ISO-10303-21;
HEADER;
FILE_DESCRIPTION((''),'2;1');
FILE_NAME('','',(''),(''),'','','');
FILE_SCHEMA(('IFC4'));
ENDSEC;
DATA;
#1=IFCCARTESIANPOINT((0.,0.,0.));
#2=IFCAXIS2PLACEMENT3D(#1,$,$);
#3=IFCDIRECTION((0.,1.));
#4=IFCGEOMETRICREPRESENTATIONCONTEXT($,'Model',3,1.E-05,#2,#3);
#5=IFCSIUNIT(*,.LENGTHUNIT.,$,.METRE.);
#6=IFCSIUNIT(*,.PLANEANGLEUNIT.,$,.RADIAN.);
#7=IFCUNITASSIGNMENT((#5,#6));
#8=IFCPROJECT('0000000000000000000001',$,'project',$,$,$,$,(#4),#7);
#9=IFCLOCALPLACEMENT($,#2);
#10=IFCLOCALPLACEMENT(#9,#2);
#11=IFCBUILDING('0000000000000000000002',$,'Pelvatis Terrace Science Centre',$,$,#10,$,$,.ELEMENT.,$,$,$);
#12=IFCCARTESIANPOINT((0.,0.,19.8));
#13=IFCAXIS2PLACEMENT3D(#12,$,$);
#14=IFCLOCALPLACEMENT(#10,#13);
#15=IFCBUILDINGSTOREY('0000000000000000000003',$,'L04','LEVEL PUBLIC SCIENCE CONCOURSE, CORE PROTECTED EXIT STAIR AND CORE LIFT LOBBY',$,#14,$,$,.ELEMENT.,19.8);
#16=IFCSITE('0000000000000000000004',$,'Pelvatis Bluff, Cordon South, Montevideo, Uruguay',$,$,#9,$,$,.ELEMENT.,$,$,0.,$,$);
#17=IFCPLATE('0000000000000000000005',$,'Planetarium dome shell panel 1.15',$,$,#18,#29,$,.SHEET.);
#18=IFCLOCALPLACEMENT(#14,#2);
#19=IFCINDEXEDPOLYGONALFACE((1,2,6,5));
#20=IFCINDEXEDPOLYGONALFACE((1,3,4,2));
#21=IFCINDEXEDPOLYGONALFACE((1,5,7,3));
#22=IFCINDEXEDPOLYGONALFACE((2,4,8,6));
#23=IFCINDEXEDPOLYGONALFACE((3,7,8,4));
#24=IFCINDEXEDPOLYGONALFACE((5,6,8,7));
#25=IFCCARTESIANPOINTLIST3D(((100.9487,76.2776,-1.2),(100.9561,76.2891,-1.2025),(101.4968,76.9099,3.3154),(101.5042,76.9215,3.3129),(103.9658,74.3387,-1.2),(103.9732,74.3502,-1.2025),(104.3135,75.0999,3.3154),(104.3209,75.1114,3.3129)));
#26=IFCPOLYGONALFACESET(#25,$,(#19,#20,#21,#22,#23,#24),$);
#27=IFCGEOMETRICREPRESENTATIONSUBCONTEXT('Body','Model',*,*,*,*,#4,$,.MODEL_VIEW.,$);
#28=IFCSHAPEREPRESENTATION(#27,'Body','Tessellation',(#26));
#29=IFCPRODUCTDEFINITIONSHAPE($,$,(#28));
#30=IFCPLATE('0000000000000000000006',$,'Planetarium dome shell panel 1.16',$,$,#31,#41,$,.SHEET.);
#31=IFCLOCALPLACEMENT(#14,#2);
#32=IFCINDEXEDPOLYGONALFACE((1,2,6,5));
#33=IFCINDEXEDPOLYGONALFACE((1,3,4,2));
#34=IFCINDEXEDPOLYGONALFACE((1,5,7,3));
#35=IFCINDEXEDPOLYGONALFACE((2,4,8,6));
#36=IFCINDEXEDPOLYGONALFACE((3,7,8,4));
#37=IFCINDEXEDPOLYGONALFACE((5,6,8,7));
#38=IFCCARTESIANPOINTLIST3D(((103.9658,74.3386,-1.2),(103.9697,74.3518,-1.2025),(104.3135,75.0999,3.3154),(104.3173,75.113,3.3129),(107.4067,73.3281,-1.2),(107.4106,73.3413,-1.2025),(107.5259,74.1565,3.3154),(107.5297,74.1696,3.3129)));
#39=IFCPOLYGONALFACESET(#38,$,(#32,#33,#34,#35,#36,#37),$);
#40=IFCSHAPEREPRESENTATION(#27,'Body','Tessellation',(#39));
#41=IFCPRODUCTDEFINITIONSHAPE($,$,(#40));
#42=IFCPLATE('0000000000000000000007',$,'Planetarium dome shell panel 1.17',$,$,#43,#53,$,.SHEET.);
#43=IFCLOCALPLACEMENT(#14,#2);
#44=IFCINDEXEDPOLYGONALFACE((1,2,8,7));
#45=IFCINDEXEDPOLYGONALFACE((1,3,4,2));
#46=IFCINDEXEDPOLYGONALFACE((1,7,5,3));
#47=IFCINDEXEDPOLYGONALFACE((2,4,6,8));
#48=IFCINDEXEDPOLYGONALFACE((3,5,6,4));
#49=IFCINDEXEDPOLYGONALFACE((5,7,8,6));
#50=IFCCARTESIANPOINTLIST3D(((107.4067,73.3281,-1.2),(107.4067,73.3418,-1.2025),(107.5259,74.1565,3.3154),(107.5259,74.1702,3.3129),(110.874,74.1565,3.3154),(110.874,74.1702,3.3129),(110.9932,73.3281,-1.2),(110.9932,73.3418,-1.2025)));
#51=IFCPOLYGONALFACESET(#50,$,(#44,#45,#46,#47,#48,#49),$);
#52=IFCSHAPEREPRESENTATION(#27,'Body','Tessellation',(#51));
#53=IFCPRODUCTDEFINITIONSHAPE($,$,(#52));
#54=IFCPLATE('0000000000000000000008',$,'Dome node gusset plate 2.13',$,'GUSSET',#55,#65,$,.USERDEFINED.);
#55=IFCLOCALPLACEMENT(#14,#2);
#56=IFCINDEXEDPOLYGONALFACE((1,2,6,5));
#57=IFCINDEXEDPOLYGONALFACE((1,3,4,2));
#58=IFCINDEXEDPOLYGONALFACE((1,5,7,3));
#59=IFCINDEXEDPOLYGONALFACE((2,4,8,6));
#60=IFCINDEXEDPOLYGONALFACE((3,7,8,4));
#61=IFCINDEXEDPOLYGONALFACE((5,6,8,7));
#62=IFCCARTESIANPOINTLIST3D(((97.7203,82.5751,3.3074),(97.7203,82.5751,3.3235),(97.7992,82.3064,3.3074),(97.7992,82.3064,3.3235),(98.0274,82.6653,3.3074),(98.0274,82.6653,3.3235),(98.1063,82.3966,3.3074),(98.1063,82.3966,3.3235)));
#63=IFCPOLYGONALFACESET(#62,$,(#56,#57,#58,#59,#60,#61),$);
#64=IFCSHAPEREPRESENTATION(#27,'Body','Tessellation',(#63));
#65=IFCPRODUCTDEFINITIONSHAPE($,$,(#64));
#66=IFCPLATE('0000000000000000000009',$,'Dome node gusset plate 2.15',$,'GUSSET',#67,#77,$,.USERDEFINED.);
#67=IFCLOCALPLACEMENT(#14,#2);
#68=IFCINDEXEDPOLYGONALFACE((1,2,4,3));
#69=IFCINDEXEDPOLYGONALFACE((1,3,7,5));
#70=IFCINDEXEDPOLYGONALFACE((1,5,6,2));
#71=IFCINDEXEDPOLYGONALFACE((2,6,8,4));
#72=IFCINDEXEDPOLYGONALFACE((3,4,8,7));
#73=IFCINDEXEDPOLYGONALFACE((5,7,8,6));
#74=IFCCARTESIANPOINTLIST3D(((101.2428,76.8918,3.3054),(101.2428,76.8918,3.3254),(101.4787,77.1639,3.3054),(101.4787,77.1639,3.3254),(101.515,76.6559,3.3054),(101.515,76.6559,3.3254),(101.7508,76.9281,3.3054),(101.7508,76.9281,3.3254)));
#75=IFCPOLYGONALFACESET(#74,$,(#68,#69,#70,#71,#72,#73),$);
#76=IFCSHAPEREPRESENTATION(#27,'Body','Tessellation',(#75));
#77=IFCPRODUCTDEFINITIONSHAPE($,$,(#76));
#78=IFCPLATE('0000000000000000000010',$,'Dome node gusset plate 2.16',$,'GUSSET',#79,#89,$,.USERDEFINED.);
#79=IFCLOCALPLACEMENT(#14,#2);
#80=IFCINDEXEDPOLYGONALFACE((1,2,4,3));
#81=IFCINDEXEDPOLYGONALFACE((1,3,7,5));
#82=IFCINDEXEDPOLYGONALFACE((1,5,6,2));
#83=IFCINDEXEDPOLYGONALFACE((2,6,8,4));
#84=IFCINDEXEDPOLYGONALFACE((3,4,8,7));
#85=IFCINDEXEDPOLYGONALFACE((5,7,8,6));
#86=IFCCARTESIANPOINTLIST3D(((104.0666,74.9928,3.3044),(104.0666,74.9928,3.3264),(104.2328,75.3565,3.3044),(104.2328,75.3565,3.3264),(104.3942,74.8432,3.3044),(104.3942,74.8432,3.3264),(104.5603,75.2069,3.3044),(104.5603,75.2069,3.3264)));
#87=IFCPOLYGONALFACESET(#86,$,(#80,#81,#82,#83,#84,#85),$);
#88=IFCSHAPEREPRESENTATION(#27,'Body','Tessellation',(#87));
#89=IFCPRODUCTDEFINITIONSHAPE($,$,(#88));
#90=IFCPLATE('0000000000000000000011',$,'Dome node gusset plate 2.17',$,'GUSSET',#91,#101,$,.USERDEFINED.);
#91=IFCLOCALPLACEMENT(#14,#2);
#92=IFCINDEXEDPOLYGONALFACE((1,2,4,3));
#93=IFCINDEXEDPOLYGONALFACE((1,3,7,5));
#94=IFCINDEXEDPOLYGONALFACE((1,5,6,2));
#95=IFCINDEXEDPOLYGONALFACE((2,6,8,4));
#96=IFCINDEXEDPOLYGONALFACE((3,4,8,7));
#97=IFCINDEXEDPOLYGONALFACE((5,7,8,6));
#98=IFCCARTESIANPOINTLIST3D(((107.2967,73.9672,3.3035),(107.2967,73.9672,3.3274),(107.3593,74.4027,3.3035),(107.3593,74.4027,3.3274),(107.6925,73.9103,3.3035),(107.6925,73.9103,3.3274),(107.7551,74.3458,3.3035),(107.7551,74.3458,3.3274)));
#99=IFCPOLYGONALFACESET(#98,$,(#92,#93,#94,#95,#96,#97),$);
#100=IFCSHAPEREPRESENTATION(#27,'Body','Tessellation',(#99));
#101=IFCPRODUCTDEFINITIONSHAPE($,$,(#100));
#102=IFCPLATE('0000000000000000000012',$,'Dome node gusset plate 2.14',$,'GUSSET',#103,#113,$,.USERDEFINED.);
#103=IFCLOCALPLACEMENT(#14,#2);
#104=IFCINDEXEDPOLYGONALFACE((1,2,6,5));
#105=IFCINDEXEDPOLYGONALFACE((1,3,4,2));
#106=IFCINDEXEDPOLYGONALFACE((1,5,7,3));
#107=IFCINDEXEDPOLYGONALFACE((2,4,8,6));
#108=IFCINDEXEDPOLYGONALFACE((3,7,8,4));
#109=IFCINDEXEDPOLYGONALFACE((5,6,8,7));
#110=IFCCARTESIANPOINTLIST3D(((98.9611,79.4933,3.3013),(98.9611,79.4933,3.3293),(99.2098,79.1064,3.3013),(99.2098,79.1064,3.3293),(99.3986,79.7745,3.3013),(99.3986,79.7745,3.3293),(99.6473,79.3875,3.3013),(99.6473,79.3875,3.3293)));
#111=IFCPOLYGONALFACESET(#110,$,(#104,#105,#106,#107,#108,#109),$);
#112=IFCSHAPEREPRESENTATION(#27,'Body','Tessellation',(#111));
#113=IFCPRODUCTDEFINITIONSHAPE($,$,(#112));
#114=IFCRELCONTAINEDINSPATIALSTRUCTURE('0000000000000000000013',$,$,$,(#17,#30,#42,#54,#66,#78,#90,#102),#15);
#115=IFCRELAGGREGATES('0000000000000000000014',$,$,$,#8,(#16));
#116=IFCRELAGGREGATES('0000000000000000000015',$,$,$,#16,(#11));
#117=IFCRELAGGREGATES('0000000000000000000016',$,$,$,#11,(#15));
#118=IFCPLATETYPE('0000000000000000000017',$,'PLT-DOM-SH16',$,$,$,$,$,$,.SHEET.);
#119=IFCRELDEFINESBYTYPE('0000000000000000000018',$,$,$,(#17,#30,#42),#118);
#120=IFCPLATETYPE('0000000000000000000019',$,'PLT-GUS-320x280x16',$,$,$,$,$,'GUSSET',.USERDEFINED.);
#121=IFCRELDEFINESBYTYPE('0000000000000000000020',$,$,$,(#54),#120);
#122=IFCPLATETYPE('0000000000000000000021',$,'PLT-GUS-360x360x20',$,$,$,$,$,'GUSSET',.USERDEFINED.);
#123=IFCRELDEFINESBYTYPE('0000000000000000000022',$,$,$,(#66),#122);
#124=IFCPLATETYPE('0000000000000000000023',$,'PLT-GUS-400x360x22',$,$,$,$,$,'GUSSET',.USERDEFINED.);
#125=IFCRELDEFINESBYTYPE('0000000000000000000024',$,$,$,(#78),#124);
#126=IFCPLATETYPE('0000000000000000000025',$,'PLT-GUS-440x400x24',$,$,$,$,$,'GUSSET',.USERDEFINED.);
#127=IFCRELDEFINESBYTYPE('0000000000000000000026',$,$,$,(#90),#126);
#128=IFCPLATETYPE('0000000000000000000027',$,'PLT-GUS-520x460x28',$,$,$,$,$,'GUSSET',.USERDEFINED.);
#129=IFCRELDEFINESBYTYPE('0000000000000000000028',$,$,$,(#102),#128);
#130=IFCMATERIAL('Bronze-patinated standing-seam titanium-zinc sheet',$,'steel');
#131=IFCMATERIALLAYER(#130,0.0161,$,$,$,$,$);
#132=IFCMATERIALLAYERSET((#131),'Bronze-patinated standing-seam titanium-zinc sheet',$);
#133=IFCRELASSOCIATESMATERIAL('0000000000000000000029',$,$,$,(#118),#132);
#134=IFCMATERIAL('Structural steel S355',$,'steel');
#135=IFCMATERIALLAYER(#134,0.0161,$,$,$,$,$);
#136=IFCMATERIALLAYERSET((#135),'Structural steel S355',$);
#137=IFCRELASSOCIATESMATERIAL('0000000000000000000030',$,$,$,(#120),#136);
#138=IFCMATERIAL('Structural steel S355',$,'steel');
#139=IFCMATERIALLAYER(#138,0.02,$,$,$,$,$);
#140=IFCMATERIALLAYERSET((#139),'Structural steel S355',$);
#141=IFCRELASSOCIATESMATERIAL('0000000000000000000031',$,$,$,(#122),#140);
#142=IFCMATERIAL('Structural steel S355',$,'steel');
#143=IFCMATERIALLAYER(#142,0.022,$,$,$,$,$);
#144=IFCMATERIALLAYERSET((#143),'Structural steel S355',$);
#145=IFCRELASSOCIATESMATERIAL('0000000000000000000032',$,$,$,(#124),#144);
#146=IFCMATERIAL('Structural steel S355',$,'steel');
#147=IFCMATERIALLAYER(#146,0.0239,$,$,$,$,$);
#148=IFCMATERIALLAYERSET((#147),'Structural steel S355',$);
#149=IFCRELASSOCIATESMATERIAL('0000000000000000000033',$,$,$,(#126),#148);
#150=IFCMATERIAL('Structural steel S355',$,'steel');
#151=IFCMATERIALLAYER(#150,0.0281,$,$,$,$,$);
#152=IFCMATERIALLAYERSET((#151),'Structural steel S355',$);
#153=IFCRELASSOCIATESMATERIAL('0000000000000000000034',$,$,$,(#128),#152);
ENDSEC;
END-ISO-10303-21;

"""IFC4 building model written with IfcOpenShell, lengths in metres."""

from ifc_helpers import new_model, si_unit, direction, frame, origin, origin_2d, place, context, subcontext, project, spatial, polyline, rectangle, outline, extrude, material, layer, layer_set, type_object, element, save


model = new_model("IFC4")

# Units and contexts
model_context = context("Model", 3, precision=1e-05, world=origin(), true_north=direction((0.0, 1.0)))
body_context = subcontext(model_context, "Body", "Model", "MODEL_VIEW")
ifc_project = project(units=[si_unit("LENGTHUNIT", "METRE"), si_unit("PLANEANGLEUNIT", "RADIAN")], contexts=[model_context])

# Site, building, storey
site_placement = place(None, origin())
site = spatial("IfcSite", under=ifc_project, at=site_placement, Name="Pelvatis Bluff, Cordon South, Montevideo, Uruguay", CompositionType="ELEMENT", RefElevation=0.0)
building_placement = place(site_placement, origin())
building = spatial("IfcBuilding", under=site, at=building_placement, Name="Pelvatis Terrace Science Centre", CompositionType="ELEMENT")
storey_placement = place(building_placement, frame((0.0, 0.0, 19.8)))
storey = spatial("IfcBuildingStorey", under=building, at=storey_placement, Name="L04", Description="LEVEL PUBLIC SCIENCE CONCOURSE, CORE PROTECTED EXIT STAIR AND CORE LIFT LOBBY", CompositionType="ELEMENT", Elevation=19.8)

# Plates
ifc_material_1 = material(Name="Bronze-patinated standing-seam titanium-zinc sheet", Category="steel")
ifc_layer_1 = layer(ifc_material_1, 0.0161)
ifc_layer_set_1 = layer_set([ifc_layer_1], Name="Bronze-patinated standing-seam titanium-zinc sheet")
plate_type_1 = type_object("IfcPlateType", Name="PLT-DOM-SH16", PredefinedType="SHEET", material=ifc_layer_set_1)
plate_1_placement = place(storey_placement, frame((100.9487, 76.2776, -1.2), z_axis=(-0.531758, -0.827453, 0.18043), x_axis=(0.841259, -0.540632, -0.000002)))
element("IfcPlate", 1, at=plate_1_placement, inside=storey, type_object=plate_type_1, Name="Planetarium dome shell panel 1.15", PredefinedType="SHEET", context=body_context, shape_type="SweptSolid", body=[
    extrude(outline(polyline([(0.0, 0.0), (3.5864, 0.0), (3.4673, 4.5907), (0.1192, 4.5907), (0.0, 0.0)])), origin(), (0.0, 0.0, -1.0), 0.0139),
])
plate_2_placement = place(storey_placement, frame((103.9658, 74.3386, -1.2), z_axis=(-0.277143, -0.943733, 0.180442), x_axis=(0.959483, -0.281768, -0.000001)))
element("IfcPlate", 2, at=plate_2_placement, inside=storey, type_object=plate_type_1, Name="Planetarium dome shell panel 1.16", PredefinedType="SHEET", context=body_context, shape_type="SweptSolid", body=[
    extrude(outline(polyline([(0.0, 0.0), (3.5862, 0.0), (3.4671, 4.5907), (0.1191, 4.5907), (0.0, 0.0)])), origin(), (0.0, 0.0, -1.0), 0.0139),
])
plate_3_placement = place(storey_placement, frame((107.4067, 73.3281, -1.2), z_axis=(0.0, -0.983585, 0.180444), x_axis=(1.0, 0.0, 0.0)))
element("IfcPlate", 3, at=plate_3_placement, inside=storey, type_object=plate_type_1, Name="Planetarium dome shell panel 1.17", PredefinedType="SHEET", context=body_context, shape_type="SweptSolid", body=[
    extrude(outline(polyline([(0.0, 0.0), (3.5864, 0.0), (3.4673, 4.5907), (0.1191, 4.5907), (0.0, 0.0)])), origin(), (0.0, 0.0, -1.0), 0.0139),
])
ifc_material_2 = material(Name="Structural steel S355", Category="steel")
ifc_layer_2 = layer(ifc_material_2, 0.0161)
ifc_layer_set_2 = layer_set([ifc_layer_2], Name="Structural steel S355")
plate_type_2 = type_object("IfcPlateType", Name="PLT-GUS-320x280x16", ElementType="GUSSET", PredefinedType="USERDEFINED", material=ifc_layer_set_2)
plate_4_placement = place(storey_placement, frame((97.9133, 82.4858, 3.3074), z_axis=(0.0, 0.0, 1.0), x_axis=(-0.959511, -0.281672, 0.0)))
element("IfcPlate", 4, at=plate_4_placement, inside=storey, type_object=plate_type_2, Name="Dome node gusset plate 2.13", ObjectType="GUSSET", PredefinedType="USERDEFINED", context=body_context, shape_type="SweptSolid", body=[
    extrude(rectangle(XDim=0.3201, YDim=0.28, at=origin_2d()), origin(), (0.0, 0.0, 1.0), 0.0161),
])
ifc_material_3 = material(Name="Structural steel S355", Category="steel")
ifc_layer_3 = layer(ifc_material_3, 0.02)
ifc_layer_set_3 = layer_set([ifc_layer_3], Name="Structural steel S355")
plate_type_3 = type_object("IfcPlateType", Name="PLT-GUS-360x360x20", ElementType="GUSSET", PredefinedType="USERDEFINED", material=ifc_layer_set_3)
plate_5_placement = place(storey_placement, frame((101.4968, 76.9099, 3.3054), z_axis=(0.0, 0.0, 1.0), x_axis=(-0.654873, -0.755739, 0.0)))
element("IfcPlate", 5, at=plate_5_placement, inside=storey, type_object=plate_type_3, Name="Dome node gusset plate 2.15", ObjectType="GUSSET", PredefinedType="USERDEFINED", context=body_context, shape_type="SweptSolid", body=[
    extrude(rectangle(XDim=0.3601, YDim=0.3601, at=origin_2d()), origin(), (0.0, 0.0, 1.0), 0.02),
])
ifc_material_4 = material(Name="Structural steel S355", Category="steel")
ifc_layer_4 = layer(ifc_material_4, 0.022)
ifc_layer_set_4 = layer_set([ifc_layer_4], Name="Structural steel S355")
plate_type_4 = type_object("IfcPlateType", Name="PLT-GUS-400x360x22", ElementType="GUSSET", PredefinedType="USERDEFINED", material=ifc_layer_set_4)
plate_6_placement = place(storey_placement, frame((104.3135, 75.0999, 3.3044), z_axis=(0.0, 0.0, 1.0), x_axis=(-0.415487, -0.909599, 0.0)))
element("IfcPlate", 6, at=plate_6_placement, inside=storey, type_object=plate_type_4, Name="Dome node gusset plate 2.16", ObjectType="GUSSET", PredefinedType="USERDEFINED", context=body_context, shape_type="SweptSolid", body=[
    extrude(rectangle(XDim=0.3999, YDim=0.3601, at=origin_2d()), origin(), (0.0, 0.0, 1.0), 0.022),
])
ifc_material_5 = material(Name="Structural steel S355", Category="steel")
ifc_layer_5 = layer(ifc_material_5, 0.0239)
ifc_layer_set_5 = layer_set([ifc_layer_5], Name="Structural steel S355")
plate_type_5 = type_object("IfcPlateType", Name="PLT-GUS-440x400x24", ElementType="GUSSET", PredefinedType="USERDEFINED", material=ifc_layer_set_5)
plate_7_placement = place(storey_placement, frame((107.5259, 74.1565, 3.3035), z_axis=(0.0, 0.0, 1.0), x_axis=(-0.142283, -0.989826, 0.0)))
element("IfcPlate", 7, at=plate_7_placement, inside=storey, type_object=plate_type_5, Name="Dome node gusset plate 2.17", ObjectType="GUSSET", PredefinedType="USERDEFINED", context=body_context, shape_type="SweptSolid", body=[
    extrude(rectangle(XDim=0.4399, YDim=0.3999, at=origin_2d()), origin(), (0.0, 0.0, 1.0), 0.0239),
])
ifc_material_6 = material(Name="Structural steel S355", Category="steel")
ifc_layer_6 = layer(ifc_material_6, 0.0281)
ifc_layer_set_6 = layer_set([ifc_layer_6], Name="Structural steel S355")
plate_type_6 = type_object("IfcPlateType", Name="PLT-GUS-520x460x28", ElementType="GUSSET", PredefinedType="USERDEFINED", material=ifc_layer_set_6)
plate_8_placement = place(storey_placement, frame((99.3042, 79.4404, 3.3013), z_axis=(0.0, 0.0, 1.0), x_axis=(-0.841228, -0.540681, 0.0)))
element("IfcPlate", 8, at=plate_8_placement, inside=storey, type_object=plate_type_6, Name="Dome node gusset plate 2.14", ObjectType="GUSSET", PredefinedType="USERDEFINED", context=body_context, shape_type="SweptSolid", body=[
    extrude(rectangle(XDim=0.52, YDim=0.46, at=origin_2d()), origin(), (0.0, 0.0, 1.0), 0.0281),
])

save(model, "model.ifc")
